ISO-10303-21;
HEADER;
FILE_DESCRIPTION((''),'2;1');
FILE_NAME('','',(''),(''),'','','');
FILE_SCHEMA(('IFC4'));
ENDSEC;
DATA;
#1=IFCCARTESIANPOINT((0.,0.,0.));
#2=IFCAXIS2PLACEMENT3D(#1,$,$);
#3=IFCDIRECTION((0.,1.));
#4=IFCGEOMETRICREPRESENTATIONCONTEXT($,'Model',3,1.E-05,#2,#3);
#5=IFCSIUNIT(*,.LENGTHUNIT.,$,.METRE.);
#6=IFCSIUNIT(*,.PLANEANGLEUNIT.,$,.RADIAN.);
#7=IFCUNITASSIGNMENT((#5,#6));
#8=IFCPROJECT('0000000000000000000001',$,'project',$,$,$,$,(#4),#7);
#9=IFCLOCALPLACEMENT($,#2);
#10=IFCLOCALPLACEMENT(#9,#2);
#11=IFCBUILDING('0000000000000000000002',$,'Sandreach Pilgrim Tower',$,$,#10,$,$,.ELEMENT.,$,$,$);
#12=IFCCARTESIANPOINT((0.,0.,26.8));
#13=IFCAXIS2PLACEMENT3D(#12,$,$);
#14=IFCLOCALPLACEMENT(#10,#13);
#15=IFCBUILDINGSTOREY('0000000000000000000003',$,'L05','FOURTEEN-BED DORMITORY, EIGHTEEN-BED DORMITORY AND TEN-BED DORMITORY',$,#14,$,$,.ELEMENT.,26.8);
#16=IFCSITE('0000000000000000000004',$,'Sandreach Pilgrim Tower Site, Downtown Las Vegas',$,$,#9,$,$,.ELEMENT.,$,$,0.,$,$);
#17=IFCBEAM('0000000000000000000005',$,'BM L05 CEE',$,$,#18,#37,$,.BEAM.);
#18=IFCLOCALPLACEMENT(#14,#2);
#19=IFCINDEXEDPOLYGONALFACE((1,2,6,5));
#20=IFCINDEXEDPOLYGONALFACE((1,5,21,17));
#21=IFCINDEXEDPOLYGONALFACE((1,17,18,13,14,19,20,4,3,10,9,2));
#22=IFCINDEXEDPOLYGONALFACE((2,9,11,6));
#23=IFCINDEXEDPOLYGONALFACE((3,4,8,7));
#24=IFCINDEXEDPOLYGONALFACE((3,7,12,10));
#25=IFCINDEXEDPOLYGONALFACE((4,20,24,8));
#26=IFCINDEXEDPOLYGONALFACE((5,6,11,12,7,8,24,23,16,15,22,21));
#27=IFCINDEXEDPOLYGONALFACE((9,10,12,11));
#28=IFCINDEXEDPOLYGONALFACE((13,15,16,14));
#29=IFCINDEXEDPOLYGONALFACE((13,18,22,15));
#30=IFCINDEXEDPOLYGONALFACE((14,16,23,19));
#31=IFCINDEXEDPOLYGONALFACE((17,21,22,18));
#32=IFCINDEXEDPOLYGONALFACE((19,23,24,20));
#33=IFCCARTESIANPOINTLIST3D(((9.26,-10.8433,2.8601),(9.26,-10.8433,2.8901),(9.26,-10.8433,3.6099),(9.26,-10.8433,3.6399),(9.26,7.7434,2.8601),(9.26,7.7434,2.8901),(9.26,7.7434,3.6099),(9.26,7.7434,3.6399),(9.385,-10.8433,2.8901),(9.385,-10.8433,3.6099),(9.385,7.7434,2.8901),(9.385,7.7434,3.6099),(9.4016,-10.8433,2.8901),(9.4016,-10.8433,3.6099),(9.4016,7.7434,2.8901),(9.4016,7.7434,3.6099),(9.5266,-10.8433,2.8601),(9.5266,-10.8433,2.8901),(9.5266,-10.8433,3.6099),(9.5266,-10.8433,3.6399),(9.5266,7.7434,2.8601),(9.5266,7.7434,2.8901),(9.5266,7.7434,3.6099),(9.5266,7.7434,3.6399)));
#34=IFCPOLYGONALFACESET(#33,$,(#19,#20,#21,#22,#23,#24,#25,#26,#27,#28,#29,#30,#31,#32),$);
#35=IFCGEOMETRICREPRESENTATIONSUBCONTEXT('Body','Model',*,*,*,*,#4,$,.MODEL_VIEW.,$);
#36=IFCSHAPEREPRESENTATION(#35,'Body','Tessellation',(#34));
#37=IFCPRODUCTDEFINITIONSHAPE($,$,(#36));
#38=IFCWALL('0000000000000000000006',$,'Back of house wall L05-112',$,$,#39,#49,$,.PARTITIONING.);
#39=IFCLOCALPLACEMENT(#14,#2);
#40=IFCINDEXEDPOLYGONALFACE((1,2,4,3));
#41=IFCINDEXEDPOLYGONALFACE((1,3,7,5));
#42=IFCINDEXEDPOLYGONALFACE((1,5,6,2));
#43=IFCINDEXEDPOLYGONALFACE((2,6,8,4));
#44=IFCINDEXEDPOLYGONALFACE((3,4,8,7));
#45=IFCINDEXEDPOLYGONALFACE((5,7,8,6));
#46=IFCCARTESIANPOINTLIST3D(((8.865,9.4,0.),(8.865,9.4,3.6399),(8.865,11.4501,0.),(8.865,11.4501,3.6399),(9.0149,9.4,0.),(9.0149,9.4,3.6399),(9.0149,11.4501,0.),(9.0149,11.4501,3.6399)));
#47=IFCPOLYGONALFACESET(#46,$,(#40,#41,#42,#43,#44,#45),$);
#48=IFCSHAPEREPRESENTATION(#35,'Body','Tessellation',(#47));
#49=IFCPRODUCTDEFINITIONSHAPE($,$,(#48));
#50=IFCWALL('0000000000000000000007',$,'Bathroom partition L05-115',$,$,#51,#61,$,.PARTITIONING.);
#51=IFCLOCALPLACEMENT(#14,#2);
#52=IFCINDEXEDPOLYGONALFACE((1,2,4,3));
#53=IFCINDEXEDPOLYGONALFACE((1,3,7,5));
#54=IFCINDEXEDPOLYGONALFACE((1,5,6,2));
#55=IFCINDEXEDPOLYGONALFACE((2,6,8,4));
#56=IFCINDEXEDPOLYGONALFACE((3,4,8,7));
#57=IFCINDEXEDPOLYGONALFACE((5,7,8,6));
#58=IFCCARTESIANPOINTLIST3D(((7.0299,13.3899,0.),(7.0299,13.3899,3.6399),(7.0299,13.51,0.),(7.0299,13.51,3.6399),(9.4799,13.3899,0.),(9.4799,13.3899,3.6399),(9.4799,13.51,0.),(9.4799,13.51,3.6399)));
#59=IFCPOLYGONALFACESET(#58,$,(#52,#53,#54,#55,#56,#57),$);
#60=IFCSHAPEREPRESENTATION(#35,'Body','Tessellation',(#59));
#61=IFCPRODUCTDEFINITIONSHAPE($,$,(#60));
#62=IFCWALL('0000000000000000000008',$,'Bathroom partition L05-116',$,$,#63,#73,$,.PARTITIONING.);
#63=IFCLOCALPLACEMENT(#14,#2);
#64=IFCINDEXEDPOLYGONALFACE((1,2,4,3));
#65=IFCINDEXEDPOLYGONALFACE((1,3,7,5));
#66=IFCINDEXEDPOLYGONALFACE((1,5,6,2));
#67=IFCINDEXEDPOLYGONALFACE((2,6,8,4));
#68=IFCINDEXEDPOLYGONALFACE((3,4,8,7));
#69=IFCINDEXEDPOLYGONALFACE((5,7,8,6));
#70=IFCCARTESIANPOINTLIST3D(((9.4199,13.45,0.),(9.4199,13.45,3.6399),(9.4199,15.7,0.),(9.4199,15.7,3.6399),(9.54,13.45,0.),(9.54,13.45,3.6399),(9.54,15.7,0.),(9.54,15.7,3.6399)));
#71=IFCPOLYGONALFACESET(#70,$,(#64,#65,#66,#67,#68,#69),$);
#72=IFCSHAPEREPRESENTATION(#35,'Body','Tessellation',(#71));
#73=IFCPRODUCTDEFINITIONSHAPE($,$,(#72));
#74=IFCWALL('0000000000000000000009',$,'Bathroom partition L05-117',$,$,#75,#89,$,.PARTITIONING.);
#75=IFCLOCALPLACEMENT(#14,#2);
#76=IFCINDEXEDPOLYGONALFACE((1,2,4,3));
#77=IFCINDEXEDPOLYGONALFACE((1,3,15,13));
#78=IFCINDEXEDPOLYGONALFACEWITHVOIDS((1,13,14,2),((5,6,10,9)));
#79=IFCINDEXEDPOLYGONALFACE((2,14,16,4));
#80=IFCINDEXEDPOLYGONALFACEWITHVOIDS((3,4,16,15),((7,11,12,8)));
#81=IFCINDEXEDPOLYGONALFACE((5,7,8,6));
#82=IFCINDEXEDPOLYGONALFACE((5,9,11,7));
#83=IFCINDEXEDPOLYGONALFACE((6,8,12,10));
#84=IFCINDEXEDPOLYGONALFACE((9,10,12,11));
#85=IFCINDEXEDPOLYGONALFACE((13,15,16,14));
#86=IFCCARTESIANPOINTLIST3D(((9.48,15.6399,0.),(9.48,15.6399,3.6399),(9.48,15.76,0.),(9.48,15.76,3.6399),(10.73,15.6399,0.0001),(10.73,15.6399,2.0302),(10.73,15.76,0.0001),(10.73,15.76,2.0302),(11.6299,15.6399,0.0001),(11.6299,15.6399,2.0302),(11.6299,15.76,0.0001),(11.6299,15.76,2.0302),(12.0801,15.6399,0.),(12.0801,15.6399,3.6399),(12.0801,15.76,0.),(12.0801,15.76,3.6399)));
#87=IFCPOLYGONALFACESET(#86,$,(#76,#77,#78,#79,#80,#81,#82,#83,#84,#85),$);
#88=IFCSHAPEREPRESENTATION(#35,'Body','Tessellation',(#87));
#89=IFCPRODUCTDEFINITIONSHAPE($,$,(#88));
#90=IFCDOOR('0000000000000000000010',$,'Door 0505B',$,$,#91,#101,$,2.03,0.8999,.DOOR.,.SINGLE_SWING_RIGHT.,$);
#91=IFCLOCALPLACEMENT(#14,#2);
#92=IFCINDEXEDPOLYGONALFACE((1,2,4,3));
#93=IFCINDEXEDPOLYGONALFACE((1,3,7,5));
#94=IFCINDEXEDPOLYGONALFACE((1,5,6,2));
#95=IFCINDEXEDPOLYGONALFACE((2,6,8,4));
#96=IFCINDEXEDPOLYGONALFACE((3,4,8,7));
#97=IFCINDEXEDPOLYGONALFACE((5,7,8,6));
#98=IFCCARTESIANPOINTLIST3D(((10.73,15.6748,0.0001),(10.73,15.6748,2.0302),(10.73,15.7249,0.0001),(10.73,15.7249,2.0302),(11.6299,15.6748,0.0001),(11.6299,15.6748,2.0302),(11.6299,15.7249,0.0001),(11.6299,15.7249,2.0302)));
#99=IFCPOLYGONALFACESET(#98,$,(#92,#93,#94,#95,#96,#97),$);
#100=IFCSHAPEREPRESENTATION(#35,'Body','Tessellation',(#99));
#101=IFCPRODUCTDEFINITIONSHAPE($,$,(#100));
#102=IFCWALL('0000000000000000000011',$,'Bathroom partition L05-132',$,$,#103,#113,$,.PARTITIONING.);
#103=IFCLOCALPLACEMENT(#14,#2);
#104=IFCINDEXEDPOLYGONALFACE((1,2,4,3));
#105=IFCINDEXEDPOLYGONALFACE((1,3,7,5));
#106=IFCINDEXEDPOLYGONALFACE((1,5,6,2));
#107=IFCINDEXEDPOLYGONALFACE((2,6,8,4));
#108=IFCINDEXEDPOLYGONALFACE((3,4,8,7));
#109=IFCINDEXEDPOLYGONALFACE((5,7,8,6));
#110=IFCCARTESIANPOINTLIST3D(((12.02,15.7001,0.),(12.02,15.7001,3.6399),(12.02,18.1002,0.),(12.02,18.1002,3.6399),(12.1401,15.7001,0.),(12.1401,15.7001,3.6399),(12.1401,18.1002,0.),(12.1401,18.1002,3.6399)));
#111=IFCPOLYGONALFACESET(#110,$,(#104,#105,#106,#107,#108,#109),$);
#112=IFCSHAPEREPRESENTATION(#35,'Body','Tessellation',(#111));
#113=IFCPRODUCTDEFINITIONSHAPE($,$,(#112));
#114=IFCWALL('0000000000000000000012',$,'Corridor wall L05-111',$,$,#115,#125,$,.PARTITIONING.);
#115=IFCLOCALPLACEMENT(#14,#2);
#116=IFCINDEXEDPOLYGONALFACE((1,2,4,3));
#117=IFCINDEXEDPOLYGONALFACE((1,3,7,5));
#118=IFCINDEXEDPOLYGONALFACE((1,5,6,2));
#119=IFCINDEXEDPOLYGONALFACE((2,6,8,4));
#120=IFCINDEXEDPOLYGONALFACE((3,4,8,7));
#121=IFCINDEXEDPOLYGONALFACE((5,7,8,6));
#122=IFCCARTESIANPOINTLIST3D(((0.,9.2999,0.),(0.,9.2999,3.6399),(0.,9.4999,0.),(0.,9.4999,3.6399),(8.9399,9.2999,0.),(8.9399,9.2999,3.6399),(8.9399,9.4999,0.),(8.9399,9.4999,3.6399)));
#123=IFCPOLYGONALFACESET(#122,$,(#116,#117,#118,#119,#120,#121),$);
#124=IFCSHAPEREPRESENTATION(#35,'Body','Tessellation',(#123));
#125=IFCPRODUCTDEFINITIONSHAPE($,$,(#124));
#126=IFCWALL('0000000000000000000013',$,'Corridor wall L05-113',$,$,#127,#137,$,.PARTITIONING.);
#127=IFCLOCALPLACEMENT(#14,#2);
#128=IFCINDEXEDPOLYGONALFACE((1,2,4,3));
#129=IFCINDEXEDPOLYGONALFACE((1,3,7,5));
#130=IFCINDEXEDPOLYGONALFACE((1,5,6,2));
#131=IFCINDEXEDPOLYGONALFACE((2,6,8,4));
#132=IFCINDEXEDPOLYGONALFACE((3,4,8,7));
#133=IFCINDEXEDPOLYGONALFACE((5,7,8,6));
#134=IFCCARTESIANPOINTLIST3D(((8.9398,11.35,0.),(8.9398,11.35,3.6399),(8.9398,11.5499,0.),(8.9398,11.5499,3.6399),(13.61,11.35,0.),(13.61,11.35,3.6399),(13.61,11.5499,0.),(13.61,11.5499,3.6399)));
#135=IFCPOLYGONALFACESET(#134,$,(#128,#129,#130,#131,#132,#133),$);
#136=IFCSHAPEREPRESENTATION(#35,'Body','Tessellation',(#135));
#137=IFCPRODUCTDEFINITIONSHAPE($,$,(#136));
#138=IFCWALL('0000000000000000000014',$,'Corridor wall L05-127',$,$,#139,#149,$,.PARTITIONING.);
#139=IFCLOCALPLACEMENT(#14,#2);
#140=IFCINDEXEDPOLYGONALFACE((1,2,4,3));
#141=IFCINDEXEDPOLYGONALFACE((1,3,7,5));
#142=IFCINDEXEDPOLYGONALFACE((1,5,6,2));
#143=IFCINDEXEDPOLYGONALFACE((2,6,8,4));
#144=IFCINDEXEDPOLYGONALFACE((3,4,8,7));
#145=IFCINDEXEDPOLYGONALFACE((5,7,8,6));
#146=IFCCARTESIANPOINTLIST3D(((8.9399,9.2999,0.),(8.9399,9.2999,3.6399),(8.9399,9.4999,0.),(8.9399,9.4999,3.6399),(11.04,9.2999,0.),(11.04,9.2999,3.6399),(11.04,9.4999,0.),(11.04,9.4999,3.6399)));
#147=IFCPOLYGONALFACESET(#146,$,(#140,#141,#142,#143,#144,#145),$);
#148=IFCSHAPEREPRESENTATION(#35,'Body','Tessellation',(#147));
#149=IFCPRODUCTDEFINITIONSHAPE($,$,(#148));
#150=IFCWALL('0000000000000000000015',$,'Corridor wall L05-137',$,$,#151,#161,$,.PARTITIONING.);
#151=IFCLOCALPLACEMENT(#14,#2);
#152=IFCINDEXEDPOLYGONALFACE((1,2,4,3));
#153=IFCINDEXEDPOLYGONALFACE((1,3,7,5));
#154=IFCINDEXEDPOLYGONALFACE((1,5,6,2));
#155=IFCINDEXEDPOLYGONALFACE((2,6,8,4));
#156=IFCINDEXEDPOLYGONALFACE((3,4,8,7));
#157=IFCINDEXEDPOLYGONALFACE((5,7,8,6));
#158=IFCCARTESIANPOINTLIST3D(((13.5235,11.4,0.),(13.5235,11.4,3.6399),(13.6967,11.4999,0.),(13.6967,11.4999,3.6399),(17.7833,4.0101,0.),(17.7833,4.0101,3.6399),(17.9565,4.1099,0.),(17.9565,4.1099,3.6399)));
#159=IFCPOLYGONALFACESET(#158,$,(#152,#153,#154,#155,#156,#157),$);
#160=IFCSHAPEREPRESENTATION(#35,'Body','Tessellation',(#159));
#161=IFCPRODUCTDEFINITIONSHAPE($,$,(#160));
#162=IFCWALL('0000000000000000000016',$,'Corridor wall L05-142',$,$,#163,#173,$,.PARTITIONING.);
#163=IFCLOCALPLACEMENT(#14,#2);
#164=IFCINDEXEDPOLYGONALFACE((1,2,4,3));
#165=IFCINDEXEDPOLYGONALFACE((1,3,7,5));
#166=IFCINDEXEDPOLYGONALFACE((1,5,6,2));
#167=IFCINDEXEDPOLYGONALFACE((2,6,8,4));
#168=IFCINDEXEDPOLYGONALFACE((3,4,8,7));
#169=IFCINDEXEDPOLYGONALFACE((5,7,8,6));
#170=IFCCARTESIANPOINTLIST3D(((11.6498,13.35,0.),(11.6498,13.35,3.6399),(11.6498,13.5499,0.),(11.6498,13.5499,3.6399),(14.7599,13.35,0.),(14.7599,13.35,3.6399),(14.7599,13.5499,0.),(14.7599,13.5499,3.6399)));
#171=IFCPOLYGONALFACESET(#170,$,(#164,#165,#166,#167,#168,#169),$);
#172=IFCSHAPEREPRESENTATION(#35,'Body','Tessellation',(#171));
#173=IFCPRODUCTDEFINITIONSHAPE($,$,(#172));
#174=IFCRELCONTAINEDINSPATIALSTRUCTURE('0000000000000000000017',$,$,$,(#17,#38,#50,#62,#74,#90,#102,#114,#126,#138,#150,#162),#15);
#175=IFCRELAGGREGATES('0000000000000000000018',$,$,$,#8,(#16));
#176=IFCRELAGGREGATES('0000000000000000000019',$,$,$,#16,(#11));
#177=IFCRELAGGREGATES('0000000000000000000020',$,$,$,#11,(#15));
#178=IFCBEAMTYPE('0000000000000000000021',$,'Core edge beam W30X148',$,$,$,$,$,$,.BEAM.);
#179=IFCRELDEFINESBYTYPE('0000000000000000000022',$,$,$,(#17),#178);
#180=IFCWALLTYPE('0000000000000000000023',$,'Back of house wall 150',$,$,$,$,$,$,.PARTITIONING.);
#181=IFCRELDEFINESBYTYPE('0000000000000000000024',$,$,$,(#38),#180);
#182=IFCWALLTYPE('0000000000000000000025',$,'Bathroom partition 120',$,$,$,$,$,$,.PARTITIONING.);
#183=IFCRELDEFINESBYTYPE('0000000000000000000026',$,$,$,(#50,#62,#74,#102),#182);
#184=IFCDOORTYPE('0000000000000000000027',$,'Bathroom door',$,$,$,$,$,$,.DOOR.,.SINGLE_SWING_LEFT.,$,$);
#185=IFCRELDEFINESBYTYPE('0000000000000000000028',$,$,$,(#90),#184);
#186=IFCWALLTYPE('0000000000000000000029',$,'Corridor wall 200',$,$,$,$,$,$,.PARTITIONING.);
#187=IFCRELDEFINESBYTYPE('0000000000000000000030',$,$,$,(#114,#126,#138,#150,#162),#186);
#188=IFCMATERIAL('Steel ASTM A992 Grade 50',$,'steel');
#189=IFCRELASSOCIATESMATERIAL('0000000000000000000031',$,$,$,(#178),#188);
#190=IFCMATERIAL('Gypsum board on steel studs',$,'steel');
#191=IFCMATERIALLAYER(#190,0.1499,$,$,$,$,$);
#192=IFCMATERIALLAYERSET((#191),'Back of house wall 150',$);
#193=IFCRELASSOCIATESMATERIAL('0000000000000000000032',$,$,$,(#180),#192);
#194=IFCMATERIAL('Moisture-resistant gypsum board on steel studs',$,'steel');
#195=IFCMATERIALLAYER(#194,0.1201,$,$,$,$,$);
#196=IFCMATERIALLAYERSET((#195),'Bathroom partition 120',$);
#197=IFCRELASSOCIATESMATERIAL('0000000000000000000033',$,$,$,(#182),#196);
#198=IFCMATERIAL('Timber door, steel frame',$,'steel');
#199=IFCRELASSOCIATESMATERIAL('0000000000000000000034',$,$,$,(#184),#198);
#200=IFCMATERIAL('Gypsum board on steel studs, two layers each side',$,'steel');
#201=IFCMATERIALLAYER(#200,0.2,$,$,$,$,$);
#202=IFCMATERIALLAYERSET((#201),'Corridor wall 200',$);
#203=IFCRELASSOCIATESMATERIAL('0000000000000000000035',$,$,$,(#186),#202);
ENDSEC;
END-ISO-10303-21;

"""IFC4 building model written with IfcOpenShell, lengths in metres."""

from ifc_helpers import new_model, si_unit, direction, frame, frame_2d, origin, origin_2d, place, context, subcontext, project, spatial, rectangle, i_section, extrude, material, layer, layer_set, material_profile, profile_set, type_object, element, fill, save


model = new_model("IFC4")

# Units and contexts
model_context = context("Model", 3, precision=1e-05, world=origin(), true_north=direction((0.0, 1.0)))
body_context = subcontext(model_context, "Body", "Model", "MODEL_VIEW")
ifc_project = project(units=[si_unit("LENGTHUNIT", "METRE"), si_unit("PLANEANGLEUNIT", "RADIAN")], contexts=[model_context])

# Site, building, storey
site_placement = place(None, origin())
site = spatial("IfcSite", under=ifc_project, at=site_placement, Name="Sandreach Pilgrim Tower Site, Downtown Las Vegas", CompositionType="ELEMENT", RefElevation=0.0)
building_placement = place(site_placement, origin())
building = spatial("IfcBuilding", under=site, at=building_placement, Name="Sandreach Pilgrim Tower", CompositionType="ELEMENT")
storey_placement = place(building_placement, frame((0.0, 0.0, 26.8)))
storey = spatial("IfcBuildingStorey", under=building, at=storey_placement, Name="L05", Description="FOURTEEN-BED DORMITORY, EIGHTEEN-BED DORMITORY AND TEN-BED DORMITORY", CompositionType="ELEMENT", Elevation=26.8)

# Beam
ifc_material_1 = material(Name="Steel ASTM A992 Grade 50", Category="steel")
ifc_material_profile = material_profile(ifc_material_1, i_section(OverallWidth=0.2666, OverallDepth=0.7798, WebThickness=0.0166, FlangeThickness=0.03, at=origin_2d()), Name="W30X148")
ifc_profile_set = profile_set([ifc_material_profile], Name="Steel ASTM A992 Grade 50")
beam_type = type_object("IfcBeamType", Name="Core edge beam W30X148", PredefinedType="BEAM", material=ifc_profile_set)
beam_placement = place(storey_placement, frame((9.3933, 7.7434, 3.25), z_axis=(0.0, -1.0, 0.0), x_axis=(1.0, 0.0, 0.0)))
element("IfcBeam", 1, at=beam_placement, inside=storey, type_object=beam_type, Name="BM L05 CEE", PredefinedType="BEAM", context=body_context, shape_type="SweptSolid", body=[
    extrude(i_section(OverallWidth=0.2666, OverallDepth=0.7798, WebThickness=0.0166, FlangeThickness=0.03, at=origin_2d()), origin(), (0.0, 0.0, 1.0), 18.5867),
])

# Walls
ifc_material_2 = material(Name="Gypsum board on steel studs", Category="steel")
ifc_layer_1 = layer(ifc_material_2, 0.1499)
ifc_layer_set_1 = layer_set([ifc_layer_1], Name="Back of house wall 150")
wall_type_1 = type_object("IfcWallType", Name="Back of house wall 150", PredefinedType="PARTITIONING", material=ifc_layer_set_1)
wall_1_placement = place(storey_placement, frame((8.9399, 11.45, 0.0), z_axis=(0.0, 0.0, 1.0), x_axis=(0.0, -1.0, 0.0)))
element("IfcWall", 2, at=wall_1_placement, inside=storey, type_object=wall_type_1, Name="Back of house wall L05-112", PredefinedType="PARTITIONING", context=body_context, shape_type="SweptSolid", body=[
    extrude(rectangle(XDim=2.05, YDim=0.1499, at=frame_2d((1.0249, 0.0))), origin(), (0.0, 0.0, 1.0), 3.6399),
])
ifc_material_3 = material(Name="Moisture-resistant gypsum board on steel studs", Category="steel")
ifc_layer_2 = layer(ifc_material_3, 0.1201)
ifc_layer_set_2 = layer_set([ifc_layer_2], Name="Bathroom partition 120")
wall_type_2 = type_object("IfcWallType", Name="Bathroom partition 120", PredefinedType="PARTITIONING", material=ifc_layer_set_2)
wall_2_placement = place(storey_placement, frame((9.48, 13.45, 0.0), z_axis=(0.0, 0.0, 1.0), x_axis=(-1.0, 0.0, 0.0)))
element("IfcWall", 3, at=wall_2_placement, inside=storey, type_object=wall_type_2, Name="Bathroom partition L05-115", PredefinedType="PARTITIONING", context=body_context, shape_type="SweptSolid", body=[
    extrude(rectangle(XDim=2.45, YDim=0.1201, at=frame_2d((1.2251, 0.0))), origin(), (0.0, 0.0, 1.0), 3.6399),
])
wall_3_placement = place(storey_placement, frame((9.48, 15.7, 0.0), z_axis=(0.0, 0.0, 1.0), x_axis=(0.0, -1.0, 0.0)))
element("IfcWall", 4, at=wall_3_placement, inside=storey, type_object=wall_type_2, Name="Bathroom partition L05-116", PredefinedType="PARTITIONING", context=body_context, shape_type="SweptSolid", body=[
    extrude(rectangle(XDim=2.25, YDim=0.1201, at=frame_2d((1.125, 0.0))), origin(), (0.0, 0.0, 1.0), 3.6399),
])

# Wall, opening, door
wall_4_placement = place(storey_placement, frame((9.48, 15.7, 0.0), z_axis=(0.0, 0.0, 1.0), x_axis=(1.0, 0.0, 0.0)))
wall_4 = element("IfcWall", 5, at=wall_4_placement, inside=storey, type_object=wall_type_2, Name="Bathroom partition L05-117", PredefinedType="PARTITIONING", context=body_context, shape_type="SweptSolid", body=[
    extrude(rectangle(XDim=2.6001, YDim=0.1201, at=frame_2d((1.3, 0.0))), origin(), (0.0, 0.0, 1.0), 3.6399),
])
opening_1_placement = place(wall_4_placement, frame((1.25, 0.0, 0.0)))
opening_1 = element("IfcOpeningElement", 6, at=opening_1_placement, cuts=wall_4, PredefinedType="OPENING", context=body_context, shape_type="SweptSolid", body=[
    extrude(rectangle(XDim=0.8999, YDim=2.03, at=frame_2d((0.45, 1.0151))), frame((0.0, 0.0601, 0.0), z_axis=(0.0, -1.0, 0.0), x_axis=(1.0, 0.0, 0.0)), (0.0, 0.0, 1.0), 0.1201),
])
ifc_material_4 = material(Name="Timber door, steel frame", Category="steel")
door_type_1 = type_object("IfcDoorType", Name="Bathroom door", OperationType="SINGLE_SWING_LEFT", PredefinedType="DOOR", material=ifc_material_4)
door_1_placement = place(opening_1_placement, origin())
door_1 = element("IfcDoor", 7, at=door_1_placement, inside=storey, type_object=door_type_1, Name="Door 0505B", OperationType="SINGLE_SWING_RIGHT", OverallHeight=2.03, OverallWidth=0.8999, PredefinedType="DOOR", context=body_context, shape_type="SweptSolid", body=[
    extrude(rectangle(XDim=0.8999, YDim=2.03, at=frame_2d((0.45, 1.0151))), frame((0.0, 0.0249, 0.0), z_axis=(0.0, -1.0, 0.0), x_axis=(1.0, 0.0, 0.0)), (0.0, 0.0, 1.0), 0.05),
])
fill(opening_1, door_1)

# Wall
wall_5_placement = place(storey_placement, frame((12.0801, 15.7, 0.0), z_axis=(0.0, 0.0, 1.0), x_axis=(0.0, 1.0, 0.0)))
element("IfcWall", 8, at=wall_5_placement, inside=storey, type_object=wall_type_2, Name="Bathroom partition L05-132", PredefinedType="PARTITIONING", context=body_context, shape_type="SweptSolid", body=[
    extrude(rectangle(XDim=2.4001, YDim=0.1201, at=frame_2d((1.2002, 0.0))), origin(), (0.0, 0.0, 1.0), 3.6399),
])

# Shared definitions
ifc_material_5 = material(Name="Gypsum board on steel studs, two layers each side", Category="steel")
ifc_layer_3 = layer(ifc_material_5, 0.2)
ifc_layer_set_3 = layer_set([ifc_layer_3], Name="Corridor wall 200")
wall_type_3 = type_object("IfcWallType", Name="Corridor wall 200", PredefinedType="PARTITIONING", material=ifc_layer_set_3)

# Walls
wall_6_placement = place(storey_placement, frame((8.9399, 9.3999, 0.0), z_axis=(0.0, 0.0, 1.0), x_axis=(-1.0, 0.0, 0.0)))
element("IfcWall", 9, at=wall_6_placement, inside=storey, type_object=wall_type_3, Name="Corridor wall L05-111", PredefinedType="PARTITIONING", context=body_context, shape_type="SweptSolid", body=[
    extrude(rectangle(XDim=8.9399, YDim=0.2, at=frame_2d((4.47, 0.0))), origin(), (0.0, 0.0, 1.0), 3.6399),
])
wall_7_placement = place(storey_placement, frame((8.9399, 11.45, 0.0), z_axis=(0.0, 0.0, 1.0), x_axis=(1.0, 0.0, 0.0)))
element("IfcWall", 10, at=wall_7_placement, inside=storey, type_object=wall_type_3, Name="Corridor wall L05-113", PredefinedType="PARTITIONING", context=body_context, shape_type="SweptSolid", body=[
    extrude(rectangle(XDim=4.6702, YDim=0.2, at=frame_2d((2.335, 0.0))), origin(), (0.0, 0.0, 1.0), 3.6399),
])
wall_8_placement = place(storey_placement, frame((11.04, 9.3999, 0.0), z_axis=(0.0, 0.0, 1.0), x_axis=(-1.0, 0.0, 0.0)))
element("IfcWall", 11, at=wall_8_placement, inside=storey, type_object=wall_type_3, Name="Corridor wall L05-127", PredefinedType="PARTITIONING", context=body_context, shape_type="SweptSolid", body=[
    extrude(rectangle(XDim=2.1001, YDim=0.2, at=frame_2d((1.05, 0.0))), origin(), (0.0, 0.0, 1.0), 3.6399),
])

# Walls
wall_9_placement = place(storey_placement, frame((13.6101, 11.45, 0.0), z_axis=(0.0, 0.0, 1.0), x_axis=(0.499403, -0.86637, 0.0)))
element("IfcWall", 12, at=wall_9_placement, inside=storey, type_object=wall_type_3, Name="Corridor wall L05-137", PredefinedType="PARTITIONING", context=body_context, shape_type="SweptSolid", body=[
    extrude(rectangle(XDim=8.5298, YDim=0.2, at=frame_2d((4.2649, 0.0))), origin(), (0.0, 0.0, 1.0), 3.6399),
])
wall_10_placement = place(storey_placement, frame((14.76, 13.45, 0.0), z_axis=(0.0, 0.0, 1.0), x_axis=(-1.0, 0.0, 0.0)))
element("IfcWall", 13, at=wall_10_placement, inside=storey, type_object=wall_type_3, Name="Corridor wall L05-142", PredefinedType="PARTITIONING", context=body_context, shape_type="SweptSolid", body=[
    extrude(rectangle(XDim=3.1101, YDim=0.2, at=frame_2d((1.5552, 0.0))), origin(), (0.0, 0.0, 1.0), 3.6399),
])

save(model, "model.ifc")
